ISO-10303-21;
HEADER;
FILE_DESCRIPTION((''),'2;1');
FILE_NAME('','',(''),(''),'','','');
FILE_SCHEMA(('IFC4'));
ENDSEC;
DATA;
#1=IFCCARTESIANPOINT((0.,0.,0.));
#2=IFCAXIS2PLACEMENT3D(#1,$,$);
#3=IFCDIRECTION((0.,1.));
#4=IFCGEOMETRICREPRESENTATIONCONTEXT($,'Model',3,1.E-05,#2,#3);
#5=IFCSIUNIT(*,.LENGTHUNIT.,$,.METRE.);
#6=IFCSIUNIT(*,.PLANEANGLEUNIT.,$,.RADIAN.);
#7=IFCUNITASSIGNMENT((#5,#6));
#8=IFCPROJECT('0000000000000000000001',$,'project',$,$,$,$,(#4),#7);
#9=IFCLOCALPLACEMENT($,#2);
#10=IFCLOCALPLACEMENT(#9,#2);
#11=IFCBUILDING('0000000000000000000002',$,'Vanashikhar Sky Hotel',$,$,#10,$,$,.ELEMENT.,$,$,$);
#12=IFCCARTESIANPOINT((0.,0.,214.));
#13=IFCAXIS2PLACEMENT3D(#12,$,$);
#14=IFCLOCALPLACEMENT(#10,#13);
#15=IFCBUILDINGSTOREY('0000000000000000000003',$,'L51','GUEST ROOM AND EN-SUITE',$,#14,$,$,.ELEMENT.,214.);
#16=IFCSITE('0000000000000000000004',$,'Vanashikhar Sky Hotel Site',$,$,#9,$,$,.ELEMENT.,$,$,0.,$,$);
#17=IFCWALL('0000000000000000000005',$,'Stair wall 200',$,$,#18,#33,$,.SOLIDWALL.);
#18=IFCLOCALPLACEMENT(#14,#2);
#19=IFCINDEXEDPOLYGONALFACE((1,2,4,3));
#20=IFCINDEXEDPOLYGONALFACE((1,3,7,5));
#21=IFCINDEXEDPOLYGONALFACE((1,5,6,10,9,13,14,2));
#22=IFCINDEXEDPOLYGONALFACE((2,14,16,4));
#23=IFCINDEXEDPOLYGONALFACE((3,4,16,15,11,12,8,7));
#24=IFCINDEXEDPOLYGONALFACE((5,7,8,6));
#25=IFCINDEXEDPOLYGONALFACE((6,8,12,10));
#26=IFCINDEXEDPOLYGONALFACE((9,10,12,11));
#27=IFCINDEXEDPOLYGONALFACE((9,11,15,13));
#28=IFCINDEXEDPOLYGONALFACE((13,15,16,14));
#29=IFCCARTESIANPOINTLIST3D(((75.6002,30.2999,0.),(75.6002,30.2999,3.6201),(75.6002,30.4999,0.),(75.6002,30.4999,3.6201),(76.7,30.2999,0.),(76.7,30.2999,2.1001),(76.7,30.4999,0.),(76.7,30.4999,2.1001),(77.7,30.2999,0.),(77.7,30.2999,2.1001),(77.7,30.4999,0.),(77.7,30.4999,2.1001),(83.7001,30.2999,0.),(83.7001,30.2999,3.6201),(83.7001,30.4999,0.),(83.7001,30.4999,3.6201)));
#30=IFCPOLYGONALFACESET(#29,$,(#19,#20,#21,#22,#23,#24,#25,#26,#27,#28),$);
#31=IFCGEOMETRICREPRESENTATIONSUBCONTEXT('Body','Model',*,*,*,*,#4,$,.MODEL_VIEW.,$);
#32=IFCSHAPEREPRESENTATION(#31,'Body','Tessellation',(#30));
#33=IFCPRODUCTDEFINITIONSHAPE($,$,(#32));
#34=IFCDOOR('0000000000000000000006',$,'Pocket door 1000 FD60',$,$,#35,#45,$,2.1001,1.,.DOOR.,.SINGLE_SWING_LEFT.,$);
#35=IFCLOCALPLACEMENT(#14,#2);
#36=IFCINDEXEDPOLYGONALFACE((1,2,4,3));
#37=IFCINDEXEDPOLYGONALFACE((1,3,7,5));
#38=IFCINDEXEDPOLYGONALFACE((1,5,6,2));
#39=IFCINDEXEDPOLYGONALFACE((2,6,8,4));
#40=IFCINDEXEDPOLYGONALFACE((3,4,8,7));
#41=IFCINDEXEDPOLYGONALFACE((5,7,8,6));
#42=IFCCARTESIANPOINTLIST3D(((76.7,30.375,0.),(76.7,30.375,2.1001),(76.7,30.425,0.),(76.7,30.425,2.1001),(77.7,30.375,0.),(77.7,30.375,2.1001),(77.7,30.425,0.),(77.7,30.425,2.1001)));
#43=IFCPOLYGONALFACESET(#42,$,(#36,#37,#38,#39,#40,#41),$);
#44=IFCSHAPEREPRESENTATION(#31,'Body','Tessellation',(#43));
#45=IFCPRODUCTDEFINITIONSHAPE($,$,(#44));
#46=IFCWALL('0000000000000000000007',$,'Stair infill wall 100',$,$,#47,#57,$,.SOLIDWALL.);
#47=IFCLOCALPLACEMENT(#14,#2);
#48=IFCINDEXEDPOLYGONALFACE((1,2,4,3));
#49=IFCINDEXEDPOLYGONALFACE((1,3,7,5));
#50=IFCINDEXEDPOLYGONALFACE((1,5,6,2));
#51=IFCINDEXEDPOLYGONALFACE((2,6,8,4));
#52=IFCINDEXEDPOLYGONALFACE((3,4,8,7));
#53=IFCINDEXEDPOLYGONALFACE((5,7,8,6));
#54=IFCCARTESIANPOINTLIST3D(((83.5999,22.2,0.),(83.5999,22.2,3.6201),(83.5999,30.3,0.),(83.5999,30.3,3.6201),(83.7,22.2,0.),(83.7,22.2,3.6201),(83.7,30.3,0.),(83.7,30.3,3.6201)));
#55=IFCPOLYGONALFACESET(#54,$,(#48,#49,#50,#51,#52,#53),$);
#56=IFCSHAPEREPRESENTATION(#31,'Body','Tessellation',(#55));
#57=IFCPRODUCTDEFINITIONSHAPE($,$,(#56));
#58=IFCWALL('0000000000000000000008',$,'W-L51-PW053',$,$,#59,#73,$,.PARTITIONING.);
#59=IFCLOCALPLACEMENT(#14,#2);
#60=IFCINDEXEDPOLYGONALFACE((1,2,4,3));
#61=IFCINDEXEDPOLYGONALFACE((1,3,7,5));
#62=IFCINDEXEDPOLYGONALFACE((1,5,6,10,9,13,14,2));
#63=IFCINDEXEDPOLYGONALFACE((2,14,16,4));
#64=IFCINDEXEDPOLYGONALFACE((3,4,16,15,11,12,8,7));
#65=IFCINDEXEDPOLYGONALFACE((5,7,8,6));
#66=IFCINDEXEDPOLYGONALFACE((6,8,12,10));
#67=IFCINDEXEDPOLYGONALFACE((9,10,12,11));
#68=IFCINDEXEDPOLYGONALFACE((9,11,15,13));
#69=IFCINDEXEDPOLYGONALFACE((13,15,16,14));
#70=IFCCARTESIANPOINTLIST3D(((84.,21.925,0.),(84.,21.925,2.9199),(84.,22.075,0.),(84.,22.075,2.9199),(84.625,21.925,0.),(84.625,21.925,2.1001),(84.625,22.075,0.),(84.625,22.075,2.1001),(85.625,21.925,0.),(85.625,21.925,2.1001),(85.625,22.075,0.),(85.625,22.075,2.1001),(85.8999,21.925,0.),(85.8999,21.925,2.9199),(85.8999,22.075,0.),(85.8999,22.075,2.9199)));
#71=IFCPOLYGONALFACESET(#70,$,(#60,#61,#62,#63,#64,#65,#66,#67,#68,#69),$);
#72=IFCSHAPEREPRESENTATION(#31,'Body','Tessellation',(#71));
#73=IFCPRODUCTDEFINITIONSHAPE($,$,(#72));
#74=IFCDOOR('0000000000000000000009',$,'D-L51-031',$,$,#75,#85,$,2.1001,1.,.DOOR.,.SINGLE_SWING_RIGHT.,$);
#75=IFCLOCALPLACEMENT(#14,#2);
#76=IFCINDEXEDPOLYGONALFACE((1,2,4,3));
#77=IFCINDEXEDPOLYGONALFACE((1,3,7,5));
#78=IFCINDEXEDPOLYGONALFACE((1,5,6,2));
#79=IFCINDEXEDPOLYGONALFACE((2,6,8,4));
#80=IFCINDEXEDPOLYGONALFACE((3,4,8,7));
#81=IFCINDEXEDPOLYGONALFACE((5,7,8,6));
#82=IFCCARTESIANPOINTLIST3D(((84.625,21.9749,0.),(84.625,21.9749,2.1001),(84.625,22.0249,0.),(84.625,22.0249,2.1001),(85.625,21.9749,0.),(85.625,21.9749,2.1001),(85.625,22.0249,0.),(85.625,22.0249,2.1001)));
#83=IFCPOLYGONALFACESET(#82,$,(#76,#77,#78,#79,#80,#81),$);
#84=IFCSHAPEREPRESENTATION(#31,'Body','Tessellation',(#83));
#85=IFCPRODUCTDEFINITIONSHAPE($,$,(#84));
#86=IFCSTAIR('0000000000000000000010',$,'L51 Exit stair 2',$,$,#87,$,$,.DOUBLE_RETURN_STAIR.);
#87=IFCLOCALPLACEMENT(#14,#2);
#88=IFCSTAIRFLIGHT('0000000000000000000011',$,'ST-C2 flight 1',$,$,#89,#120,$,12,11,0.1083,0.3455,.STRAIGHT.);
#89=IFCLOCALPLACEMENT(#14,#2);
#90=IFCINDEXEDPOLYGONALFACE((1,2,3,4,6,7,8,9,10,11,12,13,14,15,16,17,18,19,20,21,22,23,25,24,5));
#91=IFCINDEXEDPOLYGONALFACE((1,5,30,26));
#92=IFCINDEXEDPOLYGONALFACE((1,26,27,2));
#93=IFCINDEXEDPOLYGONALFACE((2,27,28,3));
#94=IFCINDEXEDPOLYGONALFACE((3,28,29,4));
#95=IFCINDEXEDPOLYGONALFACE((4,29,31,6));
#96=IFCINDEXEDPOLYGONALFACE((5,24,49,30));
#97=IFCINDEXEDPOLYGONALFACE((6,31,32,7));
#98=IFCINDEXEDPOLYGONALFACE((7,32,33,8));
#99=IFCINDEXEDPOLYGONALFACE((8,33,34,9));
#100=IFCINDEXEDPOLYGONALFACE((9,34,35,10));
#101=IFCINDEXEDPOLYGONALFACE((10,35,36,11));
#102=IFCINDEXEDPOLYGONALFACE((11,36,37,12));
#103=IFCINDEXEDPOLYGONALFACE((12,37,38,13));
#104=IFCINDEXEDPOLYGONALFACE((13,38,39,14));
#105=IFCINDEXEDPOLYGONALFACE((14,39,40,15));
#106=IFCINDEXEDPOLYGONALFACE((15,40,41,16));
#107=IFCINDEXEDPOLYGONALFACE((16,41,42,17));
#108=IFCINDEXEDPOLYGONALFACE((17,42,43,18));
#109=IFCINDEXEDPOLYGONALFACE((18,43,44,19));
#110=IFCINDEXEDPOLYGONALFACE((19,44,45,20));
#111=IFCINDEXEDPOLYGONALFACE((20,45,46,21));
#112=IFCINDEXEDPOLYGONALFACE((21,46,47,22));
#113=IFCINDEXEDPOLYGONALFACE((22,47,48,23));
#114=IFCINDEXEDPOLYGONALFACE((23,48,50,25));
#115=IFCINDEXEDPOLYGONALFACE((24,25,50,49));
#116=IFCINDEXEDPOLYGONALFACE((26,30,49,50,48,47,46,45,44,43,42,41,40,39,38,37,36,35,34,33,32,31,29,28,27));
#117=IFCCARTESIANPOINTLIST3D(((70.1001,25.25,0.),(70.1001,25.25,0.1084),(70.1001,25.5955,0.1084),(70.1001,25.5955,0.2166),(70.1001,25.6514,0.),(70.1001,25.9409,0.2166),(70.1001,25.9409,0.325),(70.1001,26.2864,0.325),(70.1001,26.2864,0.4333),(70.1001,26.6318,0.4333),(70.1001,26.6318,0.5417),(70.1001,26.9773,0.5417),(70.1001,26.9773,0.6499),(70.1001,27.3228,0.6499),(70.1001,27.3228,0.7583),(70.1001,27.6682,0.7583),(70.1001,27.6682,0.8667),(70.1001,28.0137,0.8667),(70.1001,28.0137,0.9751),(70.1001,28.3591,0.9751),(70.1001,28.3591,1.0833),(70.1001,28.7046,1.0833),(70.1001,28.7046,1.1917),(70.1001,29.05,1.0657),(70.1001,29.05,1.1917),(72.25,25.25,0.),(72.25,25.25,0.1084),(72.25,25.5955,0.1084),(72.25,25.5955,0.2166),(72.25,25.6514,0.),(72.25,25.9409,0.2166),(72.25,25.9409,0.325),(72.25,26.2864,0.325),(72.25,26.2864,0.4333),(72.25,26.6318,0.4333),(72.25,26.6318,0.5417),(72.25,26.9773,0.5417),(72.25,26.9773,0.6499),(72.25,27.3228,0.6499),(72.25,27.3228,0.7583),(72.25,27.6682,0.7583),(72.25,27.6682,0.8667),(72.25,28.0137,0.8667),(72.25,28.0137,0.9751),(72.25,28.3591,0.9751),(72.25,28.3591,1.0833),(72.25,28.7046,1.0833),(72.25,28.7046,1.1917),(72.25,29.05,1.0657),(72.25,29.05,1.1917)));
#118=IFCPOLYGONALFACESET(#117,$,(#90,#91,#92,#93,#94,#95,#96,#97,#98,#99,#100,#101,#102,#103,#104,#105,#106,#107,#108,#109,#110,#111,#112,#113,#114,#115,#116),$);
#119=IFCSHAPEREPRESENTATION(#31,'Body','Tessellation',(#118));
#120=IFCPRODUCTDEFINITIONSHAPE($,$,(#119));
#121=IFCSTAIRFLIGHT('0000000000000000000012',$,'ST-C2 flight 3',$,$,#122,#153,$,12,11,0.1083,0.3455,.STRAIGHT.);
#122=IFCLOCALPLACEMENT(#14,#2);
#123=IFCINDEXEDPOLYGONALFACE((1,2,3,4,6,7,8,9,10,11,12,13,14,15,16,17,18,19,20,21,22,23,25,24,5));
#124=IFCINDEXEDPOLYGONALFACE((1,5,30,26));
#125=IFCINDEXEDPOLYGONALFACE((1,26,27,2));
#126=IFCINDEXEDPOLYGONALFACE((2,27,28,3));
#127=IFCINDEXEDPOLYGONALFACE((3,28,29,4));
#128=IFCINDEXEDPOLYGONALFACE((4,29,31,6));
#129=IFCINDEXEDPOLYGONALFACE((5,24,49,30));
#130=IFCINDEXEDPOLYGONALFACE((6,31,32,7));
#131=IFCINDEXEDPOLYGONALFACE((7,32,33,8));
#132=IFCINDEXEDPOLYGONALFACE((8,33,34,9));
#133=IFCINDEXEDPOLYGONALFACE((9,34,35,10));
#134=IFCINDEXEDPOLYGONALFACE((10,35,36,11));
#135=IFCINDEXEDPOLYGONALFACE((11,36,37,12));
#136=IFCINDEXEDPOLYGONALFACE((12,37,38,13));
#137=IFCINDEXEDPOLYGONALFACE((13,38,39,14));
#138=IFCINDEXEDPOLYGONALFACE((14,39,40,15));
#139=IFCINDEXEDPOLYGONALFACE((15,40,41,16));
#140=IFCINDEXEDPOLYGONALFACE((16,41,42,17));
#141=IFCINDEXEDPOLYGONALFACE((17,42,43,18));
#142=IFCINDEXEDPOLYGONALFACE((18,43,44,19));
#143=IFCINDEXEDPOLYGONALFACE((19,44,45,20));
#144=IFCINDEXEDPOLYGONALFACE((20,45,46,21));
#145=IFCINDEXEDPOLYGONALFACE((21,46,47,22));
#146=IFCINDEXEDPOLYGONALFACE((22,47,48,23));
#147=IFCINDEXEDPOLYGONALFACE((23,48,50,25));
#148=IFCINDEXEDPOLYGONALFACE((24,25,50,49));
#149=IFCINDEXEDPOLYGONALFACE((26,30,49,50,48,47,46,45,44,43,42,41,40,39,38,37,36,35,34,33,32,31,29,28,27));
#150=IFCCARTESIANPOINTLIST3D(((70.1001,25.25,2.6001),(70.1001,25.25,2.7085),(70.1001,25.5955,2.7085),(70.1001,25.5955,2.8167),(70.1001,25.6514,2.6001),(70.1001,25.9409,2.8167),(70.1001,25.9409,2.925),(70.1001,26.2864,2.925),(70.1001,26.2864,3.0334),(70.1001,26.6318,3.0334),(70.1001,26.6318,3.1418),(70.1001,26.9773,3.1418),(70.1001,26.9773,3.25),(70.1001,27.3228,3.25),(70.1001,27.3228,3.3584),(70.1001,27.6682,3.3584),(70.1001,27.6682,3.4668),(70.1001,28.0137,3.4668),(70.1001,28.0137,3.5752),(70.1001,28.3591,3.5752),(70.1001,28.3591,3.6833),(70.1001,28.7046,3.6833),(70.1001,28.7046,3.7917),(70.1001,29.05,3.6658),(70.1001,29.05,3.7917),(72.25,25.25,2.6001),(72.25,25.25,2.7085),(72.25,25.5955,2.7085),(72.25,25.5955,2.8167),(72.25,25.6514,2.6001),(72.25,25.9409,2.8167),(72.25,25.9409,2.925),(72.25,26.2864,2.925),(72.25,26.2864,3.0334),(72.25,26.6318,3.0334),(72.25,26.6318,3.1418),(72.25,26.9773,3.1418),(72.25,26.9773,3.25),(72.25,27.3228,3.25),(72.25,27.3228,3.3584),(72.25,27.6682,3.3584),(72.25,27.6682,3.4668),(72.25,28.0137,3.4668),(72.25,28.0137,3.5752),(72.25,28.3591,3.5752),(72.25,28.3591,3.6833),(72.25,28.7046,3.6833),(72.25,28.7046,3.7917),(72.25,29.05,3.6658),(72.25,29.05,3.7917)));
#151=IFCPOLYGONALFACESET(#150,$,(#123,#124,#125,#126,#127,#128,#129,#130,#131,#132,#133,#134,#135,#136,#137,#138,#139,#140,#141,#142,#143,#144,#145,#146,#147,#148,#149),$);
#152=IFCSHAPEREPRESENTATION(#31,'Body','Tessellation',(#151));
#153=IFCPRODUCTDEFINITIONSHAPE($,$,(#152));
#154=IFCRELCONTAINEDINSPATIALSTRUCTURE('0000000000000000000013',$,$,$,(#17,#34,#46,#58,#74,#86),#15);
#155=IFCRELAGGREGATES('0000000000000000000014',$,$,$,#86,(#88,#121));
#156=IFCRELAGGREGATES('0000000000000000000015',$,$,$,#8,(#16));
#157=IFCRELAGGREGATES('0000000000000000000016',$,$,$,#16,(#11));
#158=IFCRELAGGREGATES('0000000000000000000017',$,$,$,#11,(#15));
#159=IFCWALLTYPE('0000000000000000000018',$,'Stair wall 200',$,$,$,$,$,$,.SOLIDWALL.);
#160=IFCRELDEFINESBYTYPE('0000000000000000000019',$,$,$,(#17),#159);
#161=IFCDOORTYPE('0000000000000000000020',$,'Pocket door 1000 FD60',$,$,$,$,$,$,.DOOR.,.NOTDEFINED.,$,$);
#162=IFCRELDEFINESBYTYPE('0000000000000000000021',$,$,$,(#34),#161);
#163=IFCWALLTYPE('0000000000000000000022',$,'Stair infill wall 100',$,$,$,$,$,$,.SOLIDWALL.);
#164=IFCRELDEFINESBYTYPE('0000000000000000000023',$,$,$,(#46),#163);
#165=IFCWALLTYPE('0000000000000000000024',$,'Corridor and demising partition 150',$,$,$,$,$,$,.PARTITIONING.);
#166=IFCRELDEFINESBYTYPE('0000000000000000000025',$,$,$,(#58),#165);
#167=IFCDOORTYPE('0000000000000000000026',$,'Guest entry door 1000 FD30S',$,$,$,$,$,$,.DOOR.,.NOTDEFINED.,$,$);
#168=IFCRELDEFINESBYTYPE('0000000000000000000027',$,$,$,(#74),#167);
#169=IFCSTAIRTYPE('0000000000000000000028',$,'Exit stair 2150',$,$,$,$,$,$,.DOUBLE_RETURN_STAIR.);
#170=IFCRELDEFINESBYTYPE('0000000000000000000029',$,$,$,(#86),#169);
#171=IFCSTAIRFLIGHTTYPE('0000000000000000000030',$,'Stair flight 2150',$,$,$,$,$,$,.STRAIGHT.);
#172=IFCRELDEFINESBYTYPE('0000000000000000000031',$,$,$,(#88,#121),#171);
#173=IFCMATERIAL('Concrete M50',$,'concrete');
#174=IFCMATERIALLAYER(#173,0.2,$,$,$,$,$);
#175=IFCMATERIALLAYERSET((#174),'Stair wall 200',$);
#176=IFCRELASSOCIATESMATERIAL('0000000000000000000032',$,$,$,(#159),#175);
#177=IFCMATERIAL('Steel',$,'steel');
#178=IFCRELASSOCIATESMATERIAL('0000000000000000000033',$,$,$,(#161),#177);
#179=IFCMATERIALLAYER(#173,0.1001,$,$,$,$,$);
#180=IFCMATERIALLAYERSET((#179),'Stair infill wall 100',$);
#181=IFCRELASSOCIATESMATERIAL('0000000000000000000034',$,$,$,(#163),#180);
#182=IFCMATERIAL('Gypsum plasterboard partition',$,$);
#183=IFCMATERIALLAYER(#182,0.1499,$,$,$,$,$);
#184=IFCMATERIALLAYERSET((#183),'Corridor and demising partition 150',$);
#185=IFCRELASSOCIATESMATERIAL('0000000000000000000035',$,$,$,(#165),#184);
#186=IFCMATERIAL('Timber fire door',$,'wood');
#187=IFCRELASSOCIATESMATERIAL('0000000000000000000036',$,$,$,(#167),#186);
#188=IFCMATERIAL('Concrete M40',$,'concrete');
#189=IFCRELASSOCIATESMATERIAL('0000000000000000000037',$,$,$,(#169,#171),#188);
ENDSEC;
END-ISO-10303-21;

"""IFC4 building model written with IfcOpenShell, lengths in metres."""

from ifc_helpers import new_model, si_unit, direction, frame, frame_2d, origin, place, context, subcontext, project, spatial, polyline, rectangle, outline, extrude, source, transform, mapped, material, layer, layer_set, type_object, element, fill, aggregate, save


model = new_model("IFC4")

# Units and contexts
model_context = context("Model", 3, precision=1e-05, world=origin(), true_north=direction((0.0, 1.0)))
body_context = subcontext(model_context, "Body", "Model", "MODEL_VIEW")
ifc_project = project(units=[si_unit("LENGTHUNIT", "METRE"), si_unit("PLANEANGLEUNIT", "RADIAN")], contexts=[model_context])

# Site, building, storey
site_placement = place(None, origin())
site = spatial("IfcSite", under=ifc_project, at=site_placement, Name="Vanashikhar Sky Hotel Site", CompositionType="ELEMENT", RefElevation=0.0)
building_placement = place(site_placement, origin())
building = spatial("IfcBuilding", under=site, at=building_placement, Name="Vanashikhar Sky Hotel", CompositionType="ELEMENT")
storey_placement = place(building_placement, frame((0.0, 0.0, 214.0)))
storey = spatial("IfcBuildingStorey", under=building, at=storey_placement, Name="L51", Description="GUEST ROOM AND EN-SUITE", CompositionType="ELEMENT", Elevation=214.0)

# Shared definitions
ifc_material_1 = material(Name="Steel", Category="steel")

# Shared definitions
ifc_material_2 = material(Name="Concrete M50", Category="concrete")
ifc_layer_1 = layer(ifc_material_2, 0.2)
ifc_layer_set_1 = layer_set([ifc_layer_1], Name="Stair wall 200")
wall_type_1 = type_object("IfcWallType", Name="Stair wall 200", PredefinedType="SOLIDWALL", material=ifc_layer_set_1)

# Shared definitions
ifc_material_3 = material(Name="Concrete M40", Category="concrete")

# Wall, opening, door
shared_shape_1 = source(origin(), body_context, "Body", "SweptSolid", [
    extrude(rectangle(XDim=8.0999, YDim=0.2, at=frame_2d((4.0498, 0.0))), origin(), (0.0, 0.0, 1.0), 3.6201),
])
wall_1_placement = place(storey_placement, frame((83.7, 30.3999, 0.0), z_axis=(0.0, 0.0, 1.0), x_axis=(-1.0, 0.0, 0.0)))
wall_1 = element("IfcWall", 1, at=wall_1_placement, inside=storey, type_object=wall_type_1, Name="Stair wall 200", PredefinedType="SOLIDWALL", context=body_context, shape_type="MappedRepresentation", body=[
    mapped(shared_shape_1, transform((0.0, 0.0, 0.0), scale=1.0)),
])
shared_shape_2 = source(origin(), body_context, "Body", "SweptSolid", [
    extrude(rectangle(XDim=1.0, YDim=2.1001, at=frame_2d((0.5, 1.05))), frame((0.0, 0.1099, 0.0), z_axis=(0.0, -1.0, 0.0), x_axis=(1.0, 0.0, 0.0)), (0.0, 0.0, 1.0), 0.22),
])
opening_1_placement = place(wall_1_placement, frame((6.0, 0.0, 0.0)))
opening_1 = element("IfcOpeningElement", 2, at=opening_1_placement, cuts=wall_1, PredefinedType="OPENING", context=body_context, shape_type="MappedRepresentation", body=[
    mapped(shared_shape_2, transform((0.0, 0.0, 0.0), scale=1.0)),
])
door_type_1 = type_object("IfcDoorType", Name="Pocket door 1000 FD60", OperationType="NOTDEFINED", PredefinedType="DOOR", material=ifc_material_1)
shared_shape_3 = source(origin(), body_context, "Body", "SweptSolid", [
    extrude(rectangle(XDim=1.0, YDim=2.1001, at=frame_2d((0.5, 1.05))), frame((0.0, 0.0249, 0.0), z_axis=(0.0, -1.0, 0.0), x_axis=(1.0, 0.0, 0.0)), (0.0, 0.0, 1.0), 0.05),
])
door_1_placement = place(opening_1_placement, origin())
door_1 = element("IfcDoor", 3, at=door_1_placement, inside=storey, type_object=door_type_1, Name="Pocket door 1000 FD60", OperationType="SINGLE_SWING_LEFT", OverallHeight=2.1001, OverallWidth=1.0, PredefinedType="DOOR", context=body_context, shape_type="MappedRepresentation", body=[
    mapped(shared_shape_3, transform((0.0, 0.0, 0.0), scale=1.0)),
])
fill(opening_1, door_1)

# Wall
ifc_layer_2 = layer(ifc_material_2, 0.1001)
ifc_layer_set_2 = layer_set([ifc_layer_2], Name="Stair infill wall 100")
wall_type_2 = type_object("IfcWallType", Name="Stair infill wall 100", PredefinedType="SOLIDWALL", material=ifc_layer_set_2)
shared_shape_4 = source(origin(), body_context, "Body", "SweptSolid", [
    extrude(rectangle(XDim=8.1001, YDim=0.1001, at=frame_2d((4.05, 0.0))), origin(), (0.0, 0.0, 1.0), 3.6201),
])
wall_2_placement = place(storey_placement, frame((83.6499, 22.2, 0.0), z_axis=(0.0, 0.0, 1.0), x_axis=(0.0, 1.0, 0.0)))
element("IfcWall", 4, at=wall_2_placement, inside=storey, type_object=wall_type_2, Name="Stair infill wall 100", PredefinedType="SOLIDWALL", context=body_context, shape_type="MappedRepresentation", body=[
    mapped(shared_shape_4, transform((0.0, 0.0, 0.0), scale=1.0)),
])

# Wall, opening, door
ifc_material_4 = material(Name="Gypsum plasterboard partition")
ifc_layer_3 = layer(ifc_material_4, 0.1499)
ifc_layer_set_3 = layer_set([ifc_layer_3], Name="Corridor and demising partition 150")
wall_type_3 = type_object("IfcWallType", Name="Corridor and demising partition 150", PredefinedType="PARTITIONING", material=ifc_layer_set_3)
shared_shape_5 = source(origin(), body_context, "Body", "SweptSolid", [
    extrude(rectangle(XDim=1.8999, YDim=0.1499, at=frame_2d((0.95, 0.0))), origin(), (0.0, 0.0, 1.0), 2.9199),
])
wall_3_placement = place(storey_placement, frame((84.0, 22.0, 0.0), z_axis=(0.0, 0.0, 1.0), x_axis=(1.0, 0.0, 0.0)))
wall_3 = element("IfcWall", 5, at=wall_3_placement, inside=storey, type_object=wall_type_3, Name="W-L51-PW053", PredefinedType="PARTITIONING", context=body_context, shape_type="MappedRepresentation", body=[
    mapped(shared_shape_5, transform((0.0, 0.0, 0.0), scale=1.0)),
])
shared_shape_6 = source(origin(), body_context, "Body", "SweptSolid", [
    extrude(rectangle(XDim=1.0, YDim=2.1001, at=frame_2d((0.5, 1.05))), frame((0.0, 0.085, 0.0), z_axis=(0.0, -1.0, 0.0), x_axis=(1.0, 0.0, 0.0)), (0.0, 0.0, 1.0), 0.1699),
])
opening_2_placement = place(wall_3_placement, frame((0.625, 0.0, 0.0)))
opening_2 = element("IfcOpeningElement", 6, at=opening_2_placement, cuts=wall_3, PredefinedType="OPENING", context=body_context, shape_type="MappedRepresentation", body=[
    mapped(shared_shape_6, transform((0.0, 0.0, 0.0), scale=1.0)),
])
ifc_material_5 = material(Name="Timber fire door", Category="wood")
door_type_2 = type_object("IfcDoorType", Name="Guest entry door 1000 FD30S", OperationType="NOTDEFINED", PredefinedType="DOOR", material=ifc_material_5)
door_2_placement = place(opening_2_placement, origin())
door_2 = element("IfcDoor", 7, at=door_2_placement, inside=storey, type_object=door_type_2, Name="D-L51-031", OperationType="SINGLE_SWING_RIGHT", OverallHeight=2.1001, OverallWidth=1.0, PredefinedType="DOOR", context=body_context, shape_type="MappedRepresentation", body=[
    mapped(shared_shape_3, transform((0.0, 0.0, 0.0), scale=1.0)),
])
fill(opening_2, door_2)

# Stair, stair flights
stair_type = type_object("IfcStairType", Name="Exit stair 2150", PredefinedType="DOUBLE_RETURN_STAIR", material=ifc_material_3)
stair_1_placement = place(storey_placement, origin())
stair_1 = element("IfcStair", 8, at=stair_1_placement, inside=storey, type_object=stair_type, Name="L51 Exit stair 2", PredefinedType="DOUBLE_RETURN_STAIR")
stair_flight_type = type_object("IfcStairFlightType", Name="Stair flight 2150", PredefinedType="STRAIGHT", material=ifc_material_3)
shared_shape_7 = source(origin(), body_context, "Body", "SweptSolid", [
    extrude(outline(polyline([(0.0, 0.0), (0.0, 0.1084), (0.3455, 0.1084), (0.3455, 0.2166), (0.6909, 0.2166), (0.6909, 0.325), (1.0364, 0.325), (1.0364, 0.4333), (1.3818, 0.4333), (1.3818, 0.5417), (1.7273, 0.5417), (1.7273, 0.6499), (2.0728, 0.6499), (2.0728, 0.7583), (2.4182, 0.7583), (2.4182, 0.8667), (2.7637, 0.8667), (2.7637, 0.9751), (3.1091, 0.9751), (3.1091, 1.0833), (3.4546, 1.0833), (3.4546, 1.1917), (3.8, 1.1917), (3.8, 1.3), (3.8, 1.0657), (0.4014, 0.0), (0.0, 0.0)])), frame((0.0, 1.075, 0.0), z_axis=(0.0, -1.0, 0.0), x_axis=(1.0, 0.0, 0.0)), (0.0, 0.0, 1.0), 2.1499),
])
stair_flight_1_placement = place(storey_placement, frame((71.175, 25.25, 0.0), z_axis=(0.0, 0.0, 1.0), x_axis=(0.0, 1.0, 0.0)))
stair_flight_1 = element("IfcStairFlight", 9, at=stair_flight_1_placement, type_object=stair_flight_type, Name="ST-C2 flight 1", NumberOfRisers=12, NumberOfTreads=11, PredefinedType="STRAIGHT", RiserHeight=0.1083, TreadLength=0.3455, context=body_context, shape_type="MappedRepresentation", body=[
    mapped(shared_shape_7, transform((0.0, 0.0, 0.0), scale=1.0)),
])
stair_flight_2_placement = place(storey_placement, frame((71.175, 25.25, 2.6001), z_axis=(0.0, 0.0, 1.0), x_axis=(0.0, 1.0, 0.0)))
stair_flight_2 = element("IfcStairFlight", 10, at=stair_flight_2_placement, type_object=stair_flight_type, Name="ST-C2 flight 3", NumberOfRisers=12, NumberOfTreads=11, PredefinedType="STRAIGHT", RiserHeight=0.1083, TreadLength=0.3455, context=body_context, shape_type="MappedRepresentation", body=[
    mapped(shared_shape_7, transform((0.0, 0.0, 0.0), scale=1.0)),
])
aggregate(stair_1, [stair_flight_1, stair_flight_2])

save(model, "model.ifc")
